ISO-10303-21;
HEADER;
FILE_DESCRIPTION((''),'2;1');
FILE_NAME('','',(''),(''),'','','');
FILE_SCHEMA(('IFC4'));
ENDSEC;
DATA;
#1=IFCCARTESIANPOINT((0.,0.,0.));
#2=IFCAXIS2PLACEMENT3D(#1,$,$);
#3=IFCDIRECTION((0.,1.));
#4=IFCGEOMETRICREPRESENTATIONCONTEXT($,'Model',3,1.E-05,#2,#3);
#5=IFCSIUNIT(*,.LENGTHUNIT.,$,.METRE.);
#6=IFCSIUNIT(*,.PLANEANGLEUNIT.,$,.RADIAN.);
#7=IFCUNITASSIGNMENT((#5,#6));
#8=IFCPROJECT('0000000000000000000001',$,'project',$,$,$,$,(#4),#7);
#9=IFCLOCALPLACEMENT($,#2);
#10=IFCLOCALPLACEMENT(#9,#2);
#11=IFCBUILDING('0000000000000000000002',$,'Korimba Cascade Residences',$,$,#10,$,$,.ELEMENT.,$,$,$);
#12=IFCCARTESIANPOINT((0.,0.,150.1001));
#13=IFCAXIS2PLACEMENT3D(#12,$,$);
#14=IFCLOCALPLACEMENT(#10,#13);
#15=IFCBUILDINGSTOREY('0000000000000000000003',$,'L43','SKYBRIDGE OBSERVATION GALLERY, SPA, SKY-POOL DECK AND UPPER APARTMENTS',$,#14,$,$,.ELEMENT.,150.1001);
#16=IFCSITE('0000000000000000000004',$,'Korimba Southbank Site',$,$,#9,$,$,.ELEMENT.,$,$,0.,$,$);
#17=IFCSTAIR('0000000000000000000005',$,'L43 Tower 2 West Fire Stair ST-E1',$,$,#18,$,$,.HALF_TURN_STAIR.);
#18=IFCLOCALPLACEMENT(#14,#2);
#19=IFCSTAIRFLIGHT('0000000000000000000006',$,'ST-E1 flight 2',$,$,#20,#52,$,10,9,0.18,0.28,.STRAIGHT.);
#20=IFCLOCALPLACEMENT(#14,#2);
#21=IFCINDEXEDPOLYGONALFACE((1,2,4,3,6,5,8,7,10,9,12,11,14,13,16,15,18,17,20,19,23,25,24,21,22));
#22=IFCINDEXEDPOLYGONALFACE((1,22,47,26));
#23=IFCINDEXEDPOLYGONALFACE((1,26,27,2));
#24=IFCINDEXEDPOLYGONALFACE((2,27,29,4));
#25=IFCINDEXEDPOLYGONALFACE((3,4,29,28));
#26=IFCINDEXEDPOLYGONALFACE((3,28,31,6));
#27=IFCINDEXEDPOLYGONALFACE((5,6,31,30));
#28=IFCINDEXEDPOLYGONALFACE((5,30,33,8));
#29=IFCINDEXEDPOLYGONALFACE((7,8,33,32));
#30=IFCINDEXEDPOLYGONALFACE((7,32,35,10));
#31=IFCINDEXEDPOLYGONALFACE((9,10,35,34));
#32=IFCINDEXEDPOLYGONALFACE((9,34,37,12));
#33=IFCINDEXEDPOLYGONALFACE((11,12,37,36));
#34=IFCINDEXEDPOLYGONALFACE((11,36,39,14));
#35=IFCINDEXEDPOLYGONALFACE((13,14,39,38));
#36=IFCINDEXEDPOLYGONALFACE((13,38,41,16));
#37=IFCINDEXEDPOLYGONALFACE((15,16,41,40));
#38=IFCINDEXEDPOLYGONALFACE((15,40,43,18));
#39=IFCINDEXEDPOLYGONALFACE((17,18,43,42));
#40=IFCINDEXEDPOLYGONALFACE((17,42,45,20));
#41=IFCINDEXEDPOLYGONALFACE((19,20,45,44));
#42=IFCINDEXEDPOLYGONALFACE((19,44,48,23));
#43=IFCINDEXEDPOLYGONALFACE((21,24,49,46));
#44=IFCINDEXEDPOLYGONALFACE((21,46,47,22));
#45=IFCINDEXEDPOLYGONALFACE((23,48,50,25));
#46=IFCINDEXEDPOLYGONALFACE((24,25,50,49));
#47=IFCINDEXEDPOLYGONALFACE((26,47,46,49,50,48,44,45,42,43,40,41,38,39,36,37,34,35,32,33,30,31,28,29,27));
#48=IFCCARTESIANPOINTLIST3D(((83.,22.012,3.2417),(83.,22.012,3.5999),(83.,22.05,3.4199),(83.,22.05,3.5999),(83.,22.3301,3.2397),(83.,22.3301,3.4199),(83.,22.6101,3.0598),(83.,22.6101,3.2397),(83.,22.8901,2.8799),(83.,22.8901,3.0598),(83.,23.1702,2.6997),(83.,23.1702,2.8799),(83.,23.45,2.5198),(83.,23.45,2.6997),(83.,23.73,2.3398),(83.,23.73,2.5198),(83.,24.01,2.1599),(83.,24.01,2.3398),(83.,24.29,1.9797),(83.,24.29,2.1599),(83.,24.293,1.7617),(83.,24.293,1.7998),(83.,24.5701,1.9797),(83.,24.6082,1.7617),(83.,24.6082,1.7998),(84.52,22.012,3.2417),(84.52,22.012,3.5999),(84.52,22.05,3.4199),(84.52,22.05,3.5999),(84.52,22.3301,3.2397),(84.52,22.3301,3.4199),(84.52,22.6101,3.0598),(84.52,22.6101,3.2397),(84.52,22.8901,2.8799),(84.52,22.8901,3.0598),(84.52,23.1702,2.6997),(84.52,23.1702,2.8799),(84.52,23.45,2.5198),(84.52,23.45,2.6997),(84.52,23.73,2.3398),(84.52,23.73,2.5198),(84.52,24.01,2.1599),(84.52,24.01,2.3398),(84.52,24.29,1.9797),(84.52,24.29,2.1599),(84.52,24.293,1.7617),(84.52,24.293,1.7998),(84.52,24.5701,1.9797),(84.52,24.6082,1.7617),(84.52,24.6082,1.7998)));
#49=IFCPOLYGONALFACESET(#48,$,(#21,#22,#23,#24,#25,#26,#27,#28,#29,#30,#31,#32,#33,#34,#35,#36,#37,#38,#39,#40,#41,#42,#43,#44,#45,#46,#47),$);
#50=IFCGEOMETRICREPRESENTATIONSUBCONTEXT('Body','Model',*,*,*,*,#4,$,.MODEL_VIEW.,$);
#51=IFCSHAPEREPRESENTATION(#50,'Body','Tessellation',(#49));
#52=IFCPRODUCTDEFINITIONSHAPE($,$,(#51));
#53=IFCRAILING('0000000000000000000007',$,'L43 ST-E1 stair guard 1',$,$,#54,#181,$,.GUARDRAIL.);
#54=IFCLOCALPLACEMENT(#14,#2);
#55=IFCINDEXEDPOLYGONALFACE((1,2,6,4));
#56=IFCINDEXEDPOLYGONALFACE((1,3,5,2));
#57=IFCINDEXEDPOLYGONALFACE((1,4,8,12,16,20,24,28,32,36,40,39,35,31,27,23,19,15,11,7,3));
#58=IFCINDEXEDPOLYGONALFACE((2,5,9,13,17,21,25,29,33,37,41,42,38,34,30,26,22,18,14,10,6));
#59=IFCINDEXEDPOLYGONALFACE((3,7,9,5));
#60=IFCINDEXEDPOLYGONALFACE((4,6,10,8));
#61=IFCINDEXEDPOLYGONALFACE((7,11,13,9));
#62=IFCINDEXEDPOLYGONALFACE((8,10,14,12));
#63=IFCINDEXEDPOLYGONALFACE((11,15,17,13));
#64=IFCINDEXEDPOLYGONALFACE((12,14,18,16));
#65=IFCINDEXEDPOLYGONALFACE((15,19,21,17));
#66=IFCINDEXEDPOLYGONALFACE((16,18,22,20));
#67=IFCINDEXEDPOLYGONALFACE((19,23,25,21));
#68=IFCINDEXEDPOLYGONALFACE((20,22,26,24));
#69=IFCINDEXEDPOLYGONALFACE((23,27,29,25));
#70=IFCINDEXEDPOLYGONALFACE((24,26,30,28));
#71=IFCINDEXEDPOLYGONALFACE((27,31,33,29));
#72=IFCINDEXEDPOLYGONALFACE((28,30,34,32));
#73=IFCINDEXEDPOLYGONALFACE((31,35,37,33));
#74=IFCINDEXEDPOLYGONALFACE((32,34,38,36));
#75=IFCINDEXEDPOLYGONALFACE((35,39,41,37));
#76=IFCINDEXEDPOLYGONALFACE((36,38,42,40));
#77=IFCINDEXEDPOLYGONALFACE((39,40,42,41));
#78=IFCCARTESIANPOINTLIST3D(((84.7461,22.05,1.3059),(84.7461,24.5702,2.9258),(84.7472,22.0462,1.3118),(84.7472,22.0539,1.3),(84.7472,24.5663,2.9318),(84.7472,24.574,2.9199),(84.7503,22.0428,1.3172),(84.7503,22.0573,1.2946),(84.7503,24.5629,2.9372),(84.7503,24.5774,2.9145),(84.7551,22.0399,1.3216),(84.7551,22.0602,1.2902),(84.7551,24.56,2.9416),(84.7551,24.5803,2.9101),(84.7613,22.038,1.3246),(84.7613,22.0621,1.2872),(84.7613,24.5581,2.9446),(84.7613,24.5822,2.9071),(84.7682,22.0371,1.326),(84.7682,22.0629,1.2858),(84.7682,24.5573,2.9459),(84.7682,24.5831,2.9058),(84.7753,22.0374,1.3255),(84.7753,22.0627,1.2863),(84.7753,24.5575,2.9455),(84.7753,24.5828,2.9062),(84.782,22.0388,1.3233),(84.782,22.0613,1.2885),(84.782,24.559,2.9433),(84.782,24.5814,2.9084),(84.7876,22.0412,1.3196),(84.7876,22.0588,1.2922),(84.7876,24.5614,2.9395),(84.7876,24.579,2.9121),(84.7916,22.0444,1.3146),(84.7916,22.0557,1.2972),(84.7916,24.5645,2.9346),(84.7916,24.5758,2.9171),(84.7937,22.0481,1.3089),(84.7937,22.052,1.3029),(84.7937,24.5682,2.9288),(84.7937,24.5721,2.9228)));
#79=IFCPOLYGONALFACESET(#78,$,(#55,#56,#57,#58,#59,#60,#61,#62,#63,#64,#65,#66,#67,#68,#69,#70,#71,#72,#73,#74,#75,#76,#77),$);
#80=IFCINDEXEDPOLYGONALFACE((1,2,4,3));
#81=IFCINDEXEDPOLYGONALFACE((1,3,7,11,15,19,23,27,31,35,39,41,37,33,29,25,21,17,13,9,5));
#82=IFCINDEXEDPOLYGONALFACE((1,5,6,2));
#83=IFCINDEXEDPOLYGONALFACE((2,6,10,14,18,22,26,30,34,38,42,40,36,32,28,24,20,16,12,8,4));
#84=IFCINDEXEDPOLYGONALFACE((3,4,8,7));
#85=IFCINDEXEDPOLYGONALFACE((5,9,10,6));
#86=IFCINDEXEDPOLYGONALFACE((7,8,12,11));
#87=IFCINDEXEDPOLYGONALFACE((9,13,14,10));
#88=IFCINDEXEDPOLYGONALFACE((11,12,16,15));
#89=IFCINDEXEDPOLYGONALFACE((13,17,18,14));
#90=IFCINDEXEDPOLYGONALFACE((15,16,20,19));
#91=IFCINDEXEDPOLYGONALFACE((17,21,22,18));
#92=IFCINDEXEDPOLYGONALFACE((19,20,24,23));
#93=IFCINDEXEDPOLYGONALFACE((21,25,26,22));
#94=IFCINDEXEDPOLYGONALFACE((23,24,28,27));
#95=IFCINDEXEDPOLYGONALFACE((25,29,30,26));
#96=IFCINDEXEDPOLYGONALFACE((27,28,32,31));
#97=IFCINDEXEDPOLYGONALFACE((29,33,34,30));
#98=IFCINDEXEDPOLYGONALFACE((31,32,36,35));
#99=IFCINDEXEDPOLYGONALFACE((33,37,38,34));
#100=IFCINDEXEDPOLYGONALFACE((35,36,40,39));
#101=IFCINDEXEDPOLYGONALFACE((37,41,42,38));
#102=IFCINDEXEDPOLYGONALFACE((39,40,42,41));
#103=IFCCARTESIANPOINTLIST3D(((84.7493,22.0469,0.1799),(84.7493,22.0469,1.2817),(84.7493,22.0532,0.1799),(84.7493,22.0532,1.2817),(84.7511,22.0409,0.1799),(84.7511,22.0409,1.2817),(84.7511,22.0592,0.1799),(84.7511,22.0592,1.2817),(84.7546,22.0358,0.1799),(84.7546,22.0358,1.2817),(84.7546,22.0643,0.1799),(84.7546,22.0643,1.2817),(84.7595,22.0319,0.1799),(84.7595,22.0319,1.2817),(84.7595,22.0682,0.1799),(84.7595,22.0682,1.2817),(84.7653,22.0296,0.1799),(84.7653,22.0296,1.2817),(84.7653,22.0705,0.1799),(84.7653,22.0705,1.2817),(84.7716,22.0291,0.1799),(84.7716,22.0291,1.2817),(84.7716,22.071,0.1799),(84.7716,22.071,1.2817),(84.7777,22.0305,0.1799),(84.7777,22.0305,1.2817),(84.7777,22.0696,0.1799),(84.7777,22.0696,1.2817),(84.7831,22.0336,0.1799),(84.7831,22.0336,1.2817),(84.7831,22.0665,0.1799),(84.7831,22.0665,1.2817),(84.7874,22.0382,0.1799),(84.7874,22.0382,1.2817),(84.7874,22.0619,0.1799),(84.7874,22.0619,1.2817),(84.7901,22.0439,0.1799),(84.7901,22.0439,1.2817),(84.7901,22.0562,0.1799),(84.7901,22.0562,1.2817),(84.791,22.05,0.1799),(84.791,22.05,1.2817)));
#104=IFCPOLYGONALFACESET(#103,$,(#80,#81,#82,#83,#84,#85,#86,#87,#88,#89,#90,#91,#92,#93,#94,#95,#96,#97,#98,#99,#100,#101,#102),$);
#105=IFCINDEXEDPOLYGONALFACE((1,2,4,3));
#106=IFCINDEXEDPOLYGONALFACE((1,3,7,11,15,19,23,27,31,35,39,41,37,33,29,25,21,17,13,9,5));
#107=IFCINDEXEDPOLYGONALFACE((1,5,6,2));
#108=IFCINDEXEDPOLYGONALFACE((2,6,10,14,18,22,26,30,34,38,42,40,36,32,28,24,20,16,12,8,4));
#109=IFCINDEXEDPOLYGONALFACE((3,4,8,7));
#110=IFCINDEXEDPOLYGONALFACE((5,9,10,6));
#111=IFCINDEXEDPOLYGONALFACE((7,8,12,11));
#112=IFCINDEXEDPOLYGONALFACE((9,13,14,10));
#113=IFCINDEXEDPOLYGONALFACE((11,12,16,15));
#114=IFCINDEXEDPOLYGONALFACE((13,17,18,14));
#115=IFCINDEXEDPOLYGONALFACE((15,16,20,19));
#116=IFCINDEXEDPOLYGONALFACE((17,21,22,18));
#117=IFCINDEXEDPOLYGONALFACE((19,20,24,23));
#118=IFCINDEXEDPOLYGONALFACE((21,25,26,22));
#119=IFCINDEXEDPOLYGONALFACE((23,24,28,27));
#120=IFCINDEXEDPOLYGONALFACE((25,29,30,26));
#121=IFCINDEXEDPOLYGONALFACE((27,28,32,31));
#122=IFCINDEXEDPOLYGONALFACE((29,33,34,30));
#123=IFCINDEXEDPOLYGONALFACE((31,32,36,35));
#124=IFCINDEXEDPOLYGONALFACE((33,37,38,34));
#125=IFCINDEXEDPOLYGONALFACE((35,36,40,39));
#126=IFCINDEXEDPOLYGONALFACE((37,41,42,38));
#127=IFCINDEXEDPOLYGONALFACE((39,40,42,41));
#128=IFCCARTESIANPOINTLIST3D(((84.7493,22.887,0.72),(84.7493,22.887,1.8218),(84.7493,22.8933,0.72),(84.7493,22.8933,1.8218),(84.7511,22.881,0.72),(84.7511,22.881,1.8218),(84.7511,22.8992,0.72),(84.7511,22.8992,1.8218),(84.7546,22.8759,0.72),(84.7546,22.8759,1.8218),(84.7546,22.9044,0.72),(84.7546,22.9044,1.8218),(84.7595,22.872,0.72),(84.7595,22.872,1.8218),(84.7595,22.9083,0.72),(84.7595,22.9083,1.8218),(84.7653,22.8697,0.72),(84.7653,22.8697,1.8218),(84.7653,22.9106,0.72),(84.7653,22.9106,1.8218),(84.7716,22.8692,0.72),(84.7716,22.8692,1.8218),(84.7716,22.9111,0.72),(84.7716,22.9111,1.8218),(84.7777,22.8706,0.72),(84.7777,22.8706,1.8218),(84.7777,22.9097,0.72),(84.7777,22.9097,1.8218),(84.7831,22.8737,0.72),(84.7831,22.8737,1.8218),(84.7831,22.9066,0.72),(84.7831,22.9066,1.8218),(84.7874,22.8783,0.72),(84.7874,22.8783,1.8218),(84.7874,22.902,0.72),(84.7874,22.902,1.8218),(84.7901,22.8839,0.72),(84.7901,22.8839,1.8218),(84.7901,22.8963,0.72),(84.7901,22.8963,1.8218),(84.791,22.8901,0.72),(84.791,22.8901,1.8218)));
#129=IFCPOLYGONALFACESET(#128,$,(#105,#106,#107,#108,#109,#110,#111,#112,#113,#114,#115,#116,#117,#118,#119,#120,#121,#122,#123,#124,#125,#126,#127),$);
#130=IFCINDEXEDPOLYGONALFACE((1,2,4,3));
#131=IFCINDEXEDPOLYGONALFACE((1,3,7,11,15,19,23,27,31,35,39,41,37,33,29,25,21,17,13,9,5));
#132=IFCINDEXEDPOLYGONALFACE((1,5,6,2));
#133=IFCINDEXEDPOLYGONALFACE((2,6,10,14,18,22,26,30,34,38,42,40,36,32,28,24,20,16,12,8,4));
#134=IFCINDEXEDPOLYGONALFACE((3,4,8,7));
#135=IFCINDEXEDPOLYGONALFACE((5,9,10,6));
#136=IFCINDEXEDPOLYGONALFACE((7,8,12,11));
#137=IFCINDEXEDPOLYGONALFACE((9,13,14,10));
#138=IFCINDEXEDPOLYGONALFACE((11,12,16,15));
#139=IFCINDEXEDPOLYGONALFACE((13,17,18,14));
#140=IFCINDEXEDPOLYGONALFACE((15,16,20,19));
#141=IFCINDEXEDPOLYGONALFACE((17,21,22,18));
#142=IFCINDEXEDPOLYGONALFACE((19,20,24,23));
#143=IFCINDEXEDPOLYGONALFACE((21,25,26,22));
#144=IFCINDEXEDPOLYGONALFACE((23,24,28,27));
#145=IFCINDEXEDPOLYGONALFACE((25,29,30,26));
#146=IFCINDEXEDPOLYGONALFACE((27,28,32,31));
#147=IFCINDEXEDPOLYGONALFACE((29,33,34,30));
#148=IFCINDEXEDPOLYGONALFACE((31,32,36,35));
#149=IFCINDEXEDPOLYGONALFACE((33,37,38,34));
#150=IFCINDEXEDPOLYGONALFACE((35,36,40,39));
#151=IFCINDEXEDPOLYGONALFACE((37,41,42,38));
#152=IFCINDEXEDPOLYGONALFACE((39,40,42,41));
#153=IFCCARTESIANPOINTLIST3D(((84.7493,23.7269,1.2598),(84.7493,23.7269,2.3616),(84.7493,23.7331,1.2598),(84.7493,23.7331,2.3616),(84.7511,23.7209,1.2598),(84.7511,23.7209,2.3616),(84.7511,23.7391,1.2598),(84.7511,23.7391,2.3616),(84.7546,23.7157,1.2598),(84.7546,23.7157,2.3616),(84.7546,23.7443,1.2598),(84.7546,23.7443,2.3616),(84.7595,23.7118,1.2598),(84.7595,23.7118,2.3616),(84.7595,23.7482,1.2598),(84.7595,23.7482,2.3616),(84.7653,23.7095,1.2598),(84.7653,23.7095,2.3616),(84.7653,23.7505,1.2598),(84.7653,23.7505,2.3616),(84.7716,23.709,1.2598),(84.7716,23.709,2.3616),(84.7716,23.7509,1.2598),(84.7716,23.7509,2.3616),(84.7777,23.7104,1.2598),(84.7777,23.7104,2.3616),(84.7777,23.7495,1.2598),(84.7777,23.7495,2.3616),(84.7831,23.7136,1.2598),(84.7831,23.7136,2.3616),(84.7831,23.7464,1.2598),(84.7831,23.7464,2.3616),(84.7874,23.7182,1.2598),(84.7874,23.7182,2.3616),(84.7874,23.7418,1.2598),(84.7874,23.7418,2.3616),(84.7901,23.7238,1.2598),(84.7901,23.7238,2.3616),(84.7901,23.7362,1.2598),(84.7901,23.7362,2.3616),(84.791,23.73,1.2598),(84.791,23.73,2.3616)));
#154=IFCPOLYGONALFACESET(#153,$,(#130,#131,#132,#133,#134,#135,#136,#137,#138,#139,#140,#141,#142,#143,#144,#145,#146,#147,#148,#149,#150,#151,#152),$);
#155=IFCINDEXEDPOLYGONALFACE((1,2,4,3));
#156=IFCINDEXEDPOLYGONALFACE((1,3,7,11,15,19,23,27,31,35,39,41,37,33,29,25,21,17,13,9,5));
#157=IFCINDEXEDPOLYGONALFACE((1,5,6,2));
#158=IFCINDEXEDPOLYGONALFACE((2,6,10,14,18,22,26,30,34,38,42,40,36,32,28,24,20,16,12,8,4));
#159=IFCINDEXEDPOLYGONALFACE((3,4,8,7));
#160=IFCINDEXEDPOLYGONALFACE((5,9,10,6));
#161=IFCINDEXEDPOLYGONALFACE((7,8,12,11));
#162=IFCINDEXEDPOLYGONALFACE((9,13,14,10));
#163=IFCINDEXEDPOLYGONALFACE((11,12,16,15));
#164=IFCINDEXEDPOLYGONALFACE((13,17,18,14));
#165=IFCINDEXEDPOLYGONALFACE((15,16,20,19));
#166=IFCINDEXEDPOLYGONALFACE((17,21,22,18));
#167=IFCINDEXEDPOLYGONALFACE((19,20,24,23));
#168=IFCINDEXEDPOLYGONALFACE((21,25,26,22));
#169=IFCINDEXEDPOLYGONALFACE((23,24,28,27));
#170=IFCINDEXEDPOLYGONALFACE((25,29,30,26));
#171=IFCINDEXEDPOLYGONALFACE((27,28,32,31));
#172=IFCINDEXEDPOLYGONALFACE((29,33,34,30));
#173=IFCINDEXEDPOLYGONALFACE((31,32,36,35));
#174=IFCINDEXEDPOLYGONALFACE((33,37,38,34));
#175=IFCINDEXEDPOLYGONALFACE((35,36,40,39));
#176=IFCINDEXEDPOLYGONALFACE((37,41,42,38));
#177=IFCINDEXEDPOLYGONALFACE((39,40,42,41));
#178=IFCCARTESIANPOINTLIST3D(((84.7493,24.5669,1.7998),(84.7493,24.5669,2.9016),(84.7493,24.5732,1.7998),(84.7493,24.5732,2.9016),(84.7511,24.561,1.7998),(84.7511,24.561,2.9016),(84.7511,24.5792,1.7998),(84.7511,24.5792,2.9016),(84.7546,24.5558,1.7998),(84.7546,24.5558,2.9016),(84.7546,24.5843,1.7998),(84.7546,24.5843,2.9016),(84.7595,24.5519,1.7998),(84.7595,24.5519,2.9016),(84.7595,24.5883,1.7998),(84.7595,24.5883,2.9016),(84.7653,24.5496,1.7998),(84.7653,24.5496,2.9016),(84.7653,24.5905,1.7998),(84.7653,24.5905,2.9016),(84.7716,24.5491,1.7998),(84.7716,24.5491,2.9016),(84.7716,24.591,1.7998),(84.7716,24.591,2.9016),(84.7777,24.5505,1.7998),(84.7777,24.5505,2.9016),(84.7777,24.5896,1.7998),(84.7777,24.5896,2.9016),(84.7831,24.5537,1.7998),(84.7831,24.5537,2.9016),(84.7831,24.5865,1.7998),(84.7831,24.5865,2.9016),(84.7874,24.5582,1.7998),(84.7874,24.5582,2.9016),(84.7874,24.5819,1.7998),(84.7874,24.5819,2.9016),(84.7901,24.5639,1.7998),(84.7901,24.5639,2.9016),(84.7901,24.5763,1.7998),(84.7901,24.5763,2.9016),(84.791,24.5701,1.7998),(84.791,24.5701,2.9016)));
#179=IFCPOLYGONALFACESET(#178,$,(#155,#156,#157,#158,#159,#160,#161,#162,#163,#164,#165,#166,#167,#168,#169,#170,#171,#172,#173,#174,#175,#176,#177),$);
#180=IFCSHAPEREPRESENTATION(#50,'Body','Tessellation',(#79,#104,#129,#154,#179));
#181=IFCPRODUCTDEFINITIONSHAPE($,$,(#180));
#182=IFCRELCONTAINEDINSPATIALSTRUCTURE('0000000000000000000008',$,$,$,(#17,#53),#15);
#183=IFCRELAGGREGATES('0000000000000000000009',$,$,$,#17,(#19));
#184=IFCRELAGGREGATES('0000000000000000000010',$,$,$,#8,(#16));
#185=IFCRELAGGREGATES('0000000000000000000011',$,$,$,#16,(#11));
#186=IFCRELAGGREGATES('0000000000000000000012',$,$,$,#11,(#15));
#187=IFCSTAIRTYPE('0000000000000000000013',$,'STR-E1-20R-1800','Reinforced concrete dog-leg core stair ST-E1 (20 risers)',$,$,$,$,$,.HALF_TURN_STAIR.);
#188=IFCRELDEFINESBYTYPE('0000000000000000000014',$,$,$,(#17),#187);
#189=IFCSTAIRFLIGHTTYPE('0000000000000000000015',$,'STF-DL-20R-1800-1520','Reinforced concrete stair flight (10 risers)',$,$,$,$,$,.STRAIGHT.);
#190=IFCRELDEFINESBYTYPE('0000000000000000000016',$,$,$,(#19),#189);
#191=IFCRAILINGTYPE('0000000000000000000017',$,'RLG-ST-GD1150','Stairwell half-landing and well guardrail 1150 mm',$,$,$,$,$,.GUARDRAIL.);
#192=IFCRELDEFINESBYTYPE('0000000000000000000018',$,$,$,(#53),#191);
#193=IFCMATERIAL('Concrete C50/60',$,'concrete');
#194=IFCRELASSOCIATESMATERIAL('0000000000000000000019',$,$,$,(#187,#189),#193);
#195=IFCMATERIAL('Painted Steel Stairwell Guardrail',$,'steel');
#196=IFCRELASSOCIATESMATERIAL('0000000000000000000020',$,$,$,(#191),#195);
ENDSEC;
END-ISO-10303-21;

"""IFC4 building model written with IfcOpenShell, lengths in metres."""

from ifc_helpers import new_model, si_unit, direction, frame, origin, origin_2d, place, context, subcontext, project, spatial, polyline, circle, outline, extrude, material, type_object, element, aggregate, save


model = new_model("IFC4")

# Units and contexts
model_context = context("Model", 3, precision=1e-05, world=origin(), true_north=direction((0.0, 1.0)))
body_context = subcontext(model_context, "Body", "Model", "MODEL_VIEW")
ifc_project = project(units=[si_unit("LENGTHUNIT", "METRE"), si_unit("PLANEANGLEUNIT", "RADIAN")], contexts=[model_context])

# Site, building, storey
site_placement = place(None, origin())
site = spatial("IfcSite", under=ifc_project, at=site_placement, Name="Korimba Southbank Site", CompositionType="ELEMENT", RefElevation=0.0)
building_placement = place(site_placement, origin())
building = spatial("IfcBuilding", under=site, at=building_placement, Name="Korimba Cascade Residences", CompositionType="ELEMENT")
storey_placement = place(building_placement, frame((0.0, 0.0, 150.1001)))
storey = spatial("IfcBuildingStorey", under=building, at=storey_placement, Name="L43", Description="SKYBRIDGE OBSERVATION GALLERY, SPA, SKY-POOL DECK AND UPPER APARTMENTS", CompositionType="ELEMENT", Elevation=150.1001)

# Shared definitions
ifc_material_1 = material(Name="Concrete C50/60", Category="concrete")

# Stair, stair flight
stair_type = type_object("IfcStairType", Name="STR-E1-20R-1800", Description="Reinforced concrete dog-leg core stair ST-E1 (20 risers)", PredefinedType="HALF_TURN_STAIR", material=ifc_material_1)
stair_placement = place(storey_placement, origin())
stair = element("IfcStair", 1, at=stair_placement, inside=storey, type_object=stair_type, Name="L43 Tower 2 West Fire Stair ST-E1", PredefinedType="HALF_TURN_STAIR")
stair_flight_type = type_object("IfcStairFlightType", Name="STF-DL-20R-1800-1520", Description="Reinforced concrete stair flight (10 risers)", PredefinedType="STRAIGHT", material=ifc_material_1)
stair_flight_1_placement = place(storey_placement, frame((83.76, 24.5701, 1.7998), z_axis=(0.0, 0.0, 1.0), x_axis=(0.0, -1.0, 0.0)))
stair_flight_1 = element("IfcStairFlight", 2, at=stair_flight_1_placement, type_object=stair_flight_type, Name="ST-E1 flight 2", NumberOfRisers=10, NumberOfTreads=9, PredefinedType="STRAIGHT", RiserHeight=0.18, TreadLength=0.28, context=body_context, shape_type="SweptSolid", body=[
    extrude(outline(polyline([(-0.0381, 0.0), (0.0, 0.1799), (0.28, 0.1799), (0.28, 0.3601), (0.5601, 0.3601), (0.5601, 0.54), (0.8401, 0.54), (0.8401, 0.72), (1.1201, 0.72), (1.1201, 0.8999), (1.3999, 0.8999), (1.3999, 1.0801), (1.6799, 1.0801), (1.6799, 1.26), (1.96, 1.26), (1.96, 1.4399), (2.24, 1.4399), (2.24, 1.6201), (2.52, 1.6201), (2.52, 1.8), (2.5581, 1.8), (2.5581, 1.4419), (0.2771, 0.0), (0.2771, -0.0381), (-0.0381, -0.0381), (-0.0381, 0.0)])), frame((0.0, 0.76, 0.0), z_axis=(0.0, -1.0, 0.0), x_axis=(1.0, 0.0, 0.0)), (0.0, 0.0, 1.0), 1.52),
])
aggregate(stair, [stair_flight_1])

# Railing
ifc_material_2 = material(Name="Painted Steel Stairwell Guardrail", Category="steel")
railing_type_1 = type_object("IfcRailingType", Name="RLG-ST-GD1150", Description="Stairwell half-landing and well guardrail 1150 mm", PredefinedType="GUARDRAIL", material=ifc_material_2)
railing_1_placement = place(storey_placement, frame((84.77, 22.05, 0.1799)))
element("IfcRailing", 3, at=railing_1_placement, inside=storey, type_object=railing_type_1, Name="L43 ST-E1 stair guard 1", PredefinedType="GUARDRAIL", context=body_context, shape_type="SweptSolid", body=[
    extrude(circle(Radius=0.0239, at=origin_2d()), frame((0.0, 0.0, 1.126), z_axis=(0.0, 0.8412, 0.540725), x_axis=(-1.0, 0.0, 0.0)), (0.0, 0.0, 1.0), 2.9958),
    extrude(circle(Radius=0.021, at=origin_2d()), origin(), (0.0, 0.0, 1.0), 1.1018),
    extrude(circle(Radius=0.021, at=origin_2d()), frame((0.0, 0.8401, 0.54)), (0.0, 0.0, 1.0), 1.1018),
    extrude(circle(Radius=0.021, at=origin_2d()), frame((0.0, 1.6799, 1.0798)), (0.0, 0.0, 1.0), 1.1018),
    extrude(circle(Radius=0.021, at=origin_2d()), frame((0.0, 2.52, 1.6199)), (0.0, 0.0, 1.0), 1.1018),
])

save(model, "model.ifc")
